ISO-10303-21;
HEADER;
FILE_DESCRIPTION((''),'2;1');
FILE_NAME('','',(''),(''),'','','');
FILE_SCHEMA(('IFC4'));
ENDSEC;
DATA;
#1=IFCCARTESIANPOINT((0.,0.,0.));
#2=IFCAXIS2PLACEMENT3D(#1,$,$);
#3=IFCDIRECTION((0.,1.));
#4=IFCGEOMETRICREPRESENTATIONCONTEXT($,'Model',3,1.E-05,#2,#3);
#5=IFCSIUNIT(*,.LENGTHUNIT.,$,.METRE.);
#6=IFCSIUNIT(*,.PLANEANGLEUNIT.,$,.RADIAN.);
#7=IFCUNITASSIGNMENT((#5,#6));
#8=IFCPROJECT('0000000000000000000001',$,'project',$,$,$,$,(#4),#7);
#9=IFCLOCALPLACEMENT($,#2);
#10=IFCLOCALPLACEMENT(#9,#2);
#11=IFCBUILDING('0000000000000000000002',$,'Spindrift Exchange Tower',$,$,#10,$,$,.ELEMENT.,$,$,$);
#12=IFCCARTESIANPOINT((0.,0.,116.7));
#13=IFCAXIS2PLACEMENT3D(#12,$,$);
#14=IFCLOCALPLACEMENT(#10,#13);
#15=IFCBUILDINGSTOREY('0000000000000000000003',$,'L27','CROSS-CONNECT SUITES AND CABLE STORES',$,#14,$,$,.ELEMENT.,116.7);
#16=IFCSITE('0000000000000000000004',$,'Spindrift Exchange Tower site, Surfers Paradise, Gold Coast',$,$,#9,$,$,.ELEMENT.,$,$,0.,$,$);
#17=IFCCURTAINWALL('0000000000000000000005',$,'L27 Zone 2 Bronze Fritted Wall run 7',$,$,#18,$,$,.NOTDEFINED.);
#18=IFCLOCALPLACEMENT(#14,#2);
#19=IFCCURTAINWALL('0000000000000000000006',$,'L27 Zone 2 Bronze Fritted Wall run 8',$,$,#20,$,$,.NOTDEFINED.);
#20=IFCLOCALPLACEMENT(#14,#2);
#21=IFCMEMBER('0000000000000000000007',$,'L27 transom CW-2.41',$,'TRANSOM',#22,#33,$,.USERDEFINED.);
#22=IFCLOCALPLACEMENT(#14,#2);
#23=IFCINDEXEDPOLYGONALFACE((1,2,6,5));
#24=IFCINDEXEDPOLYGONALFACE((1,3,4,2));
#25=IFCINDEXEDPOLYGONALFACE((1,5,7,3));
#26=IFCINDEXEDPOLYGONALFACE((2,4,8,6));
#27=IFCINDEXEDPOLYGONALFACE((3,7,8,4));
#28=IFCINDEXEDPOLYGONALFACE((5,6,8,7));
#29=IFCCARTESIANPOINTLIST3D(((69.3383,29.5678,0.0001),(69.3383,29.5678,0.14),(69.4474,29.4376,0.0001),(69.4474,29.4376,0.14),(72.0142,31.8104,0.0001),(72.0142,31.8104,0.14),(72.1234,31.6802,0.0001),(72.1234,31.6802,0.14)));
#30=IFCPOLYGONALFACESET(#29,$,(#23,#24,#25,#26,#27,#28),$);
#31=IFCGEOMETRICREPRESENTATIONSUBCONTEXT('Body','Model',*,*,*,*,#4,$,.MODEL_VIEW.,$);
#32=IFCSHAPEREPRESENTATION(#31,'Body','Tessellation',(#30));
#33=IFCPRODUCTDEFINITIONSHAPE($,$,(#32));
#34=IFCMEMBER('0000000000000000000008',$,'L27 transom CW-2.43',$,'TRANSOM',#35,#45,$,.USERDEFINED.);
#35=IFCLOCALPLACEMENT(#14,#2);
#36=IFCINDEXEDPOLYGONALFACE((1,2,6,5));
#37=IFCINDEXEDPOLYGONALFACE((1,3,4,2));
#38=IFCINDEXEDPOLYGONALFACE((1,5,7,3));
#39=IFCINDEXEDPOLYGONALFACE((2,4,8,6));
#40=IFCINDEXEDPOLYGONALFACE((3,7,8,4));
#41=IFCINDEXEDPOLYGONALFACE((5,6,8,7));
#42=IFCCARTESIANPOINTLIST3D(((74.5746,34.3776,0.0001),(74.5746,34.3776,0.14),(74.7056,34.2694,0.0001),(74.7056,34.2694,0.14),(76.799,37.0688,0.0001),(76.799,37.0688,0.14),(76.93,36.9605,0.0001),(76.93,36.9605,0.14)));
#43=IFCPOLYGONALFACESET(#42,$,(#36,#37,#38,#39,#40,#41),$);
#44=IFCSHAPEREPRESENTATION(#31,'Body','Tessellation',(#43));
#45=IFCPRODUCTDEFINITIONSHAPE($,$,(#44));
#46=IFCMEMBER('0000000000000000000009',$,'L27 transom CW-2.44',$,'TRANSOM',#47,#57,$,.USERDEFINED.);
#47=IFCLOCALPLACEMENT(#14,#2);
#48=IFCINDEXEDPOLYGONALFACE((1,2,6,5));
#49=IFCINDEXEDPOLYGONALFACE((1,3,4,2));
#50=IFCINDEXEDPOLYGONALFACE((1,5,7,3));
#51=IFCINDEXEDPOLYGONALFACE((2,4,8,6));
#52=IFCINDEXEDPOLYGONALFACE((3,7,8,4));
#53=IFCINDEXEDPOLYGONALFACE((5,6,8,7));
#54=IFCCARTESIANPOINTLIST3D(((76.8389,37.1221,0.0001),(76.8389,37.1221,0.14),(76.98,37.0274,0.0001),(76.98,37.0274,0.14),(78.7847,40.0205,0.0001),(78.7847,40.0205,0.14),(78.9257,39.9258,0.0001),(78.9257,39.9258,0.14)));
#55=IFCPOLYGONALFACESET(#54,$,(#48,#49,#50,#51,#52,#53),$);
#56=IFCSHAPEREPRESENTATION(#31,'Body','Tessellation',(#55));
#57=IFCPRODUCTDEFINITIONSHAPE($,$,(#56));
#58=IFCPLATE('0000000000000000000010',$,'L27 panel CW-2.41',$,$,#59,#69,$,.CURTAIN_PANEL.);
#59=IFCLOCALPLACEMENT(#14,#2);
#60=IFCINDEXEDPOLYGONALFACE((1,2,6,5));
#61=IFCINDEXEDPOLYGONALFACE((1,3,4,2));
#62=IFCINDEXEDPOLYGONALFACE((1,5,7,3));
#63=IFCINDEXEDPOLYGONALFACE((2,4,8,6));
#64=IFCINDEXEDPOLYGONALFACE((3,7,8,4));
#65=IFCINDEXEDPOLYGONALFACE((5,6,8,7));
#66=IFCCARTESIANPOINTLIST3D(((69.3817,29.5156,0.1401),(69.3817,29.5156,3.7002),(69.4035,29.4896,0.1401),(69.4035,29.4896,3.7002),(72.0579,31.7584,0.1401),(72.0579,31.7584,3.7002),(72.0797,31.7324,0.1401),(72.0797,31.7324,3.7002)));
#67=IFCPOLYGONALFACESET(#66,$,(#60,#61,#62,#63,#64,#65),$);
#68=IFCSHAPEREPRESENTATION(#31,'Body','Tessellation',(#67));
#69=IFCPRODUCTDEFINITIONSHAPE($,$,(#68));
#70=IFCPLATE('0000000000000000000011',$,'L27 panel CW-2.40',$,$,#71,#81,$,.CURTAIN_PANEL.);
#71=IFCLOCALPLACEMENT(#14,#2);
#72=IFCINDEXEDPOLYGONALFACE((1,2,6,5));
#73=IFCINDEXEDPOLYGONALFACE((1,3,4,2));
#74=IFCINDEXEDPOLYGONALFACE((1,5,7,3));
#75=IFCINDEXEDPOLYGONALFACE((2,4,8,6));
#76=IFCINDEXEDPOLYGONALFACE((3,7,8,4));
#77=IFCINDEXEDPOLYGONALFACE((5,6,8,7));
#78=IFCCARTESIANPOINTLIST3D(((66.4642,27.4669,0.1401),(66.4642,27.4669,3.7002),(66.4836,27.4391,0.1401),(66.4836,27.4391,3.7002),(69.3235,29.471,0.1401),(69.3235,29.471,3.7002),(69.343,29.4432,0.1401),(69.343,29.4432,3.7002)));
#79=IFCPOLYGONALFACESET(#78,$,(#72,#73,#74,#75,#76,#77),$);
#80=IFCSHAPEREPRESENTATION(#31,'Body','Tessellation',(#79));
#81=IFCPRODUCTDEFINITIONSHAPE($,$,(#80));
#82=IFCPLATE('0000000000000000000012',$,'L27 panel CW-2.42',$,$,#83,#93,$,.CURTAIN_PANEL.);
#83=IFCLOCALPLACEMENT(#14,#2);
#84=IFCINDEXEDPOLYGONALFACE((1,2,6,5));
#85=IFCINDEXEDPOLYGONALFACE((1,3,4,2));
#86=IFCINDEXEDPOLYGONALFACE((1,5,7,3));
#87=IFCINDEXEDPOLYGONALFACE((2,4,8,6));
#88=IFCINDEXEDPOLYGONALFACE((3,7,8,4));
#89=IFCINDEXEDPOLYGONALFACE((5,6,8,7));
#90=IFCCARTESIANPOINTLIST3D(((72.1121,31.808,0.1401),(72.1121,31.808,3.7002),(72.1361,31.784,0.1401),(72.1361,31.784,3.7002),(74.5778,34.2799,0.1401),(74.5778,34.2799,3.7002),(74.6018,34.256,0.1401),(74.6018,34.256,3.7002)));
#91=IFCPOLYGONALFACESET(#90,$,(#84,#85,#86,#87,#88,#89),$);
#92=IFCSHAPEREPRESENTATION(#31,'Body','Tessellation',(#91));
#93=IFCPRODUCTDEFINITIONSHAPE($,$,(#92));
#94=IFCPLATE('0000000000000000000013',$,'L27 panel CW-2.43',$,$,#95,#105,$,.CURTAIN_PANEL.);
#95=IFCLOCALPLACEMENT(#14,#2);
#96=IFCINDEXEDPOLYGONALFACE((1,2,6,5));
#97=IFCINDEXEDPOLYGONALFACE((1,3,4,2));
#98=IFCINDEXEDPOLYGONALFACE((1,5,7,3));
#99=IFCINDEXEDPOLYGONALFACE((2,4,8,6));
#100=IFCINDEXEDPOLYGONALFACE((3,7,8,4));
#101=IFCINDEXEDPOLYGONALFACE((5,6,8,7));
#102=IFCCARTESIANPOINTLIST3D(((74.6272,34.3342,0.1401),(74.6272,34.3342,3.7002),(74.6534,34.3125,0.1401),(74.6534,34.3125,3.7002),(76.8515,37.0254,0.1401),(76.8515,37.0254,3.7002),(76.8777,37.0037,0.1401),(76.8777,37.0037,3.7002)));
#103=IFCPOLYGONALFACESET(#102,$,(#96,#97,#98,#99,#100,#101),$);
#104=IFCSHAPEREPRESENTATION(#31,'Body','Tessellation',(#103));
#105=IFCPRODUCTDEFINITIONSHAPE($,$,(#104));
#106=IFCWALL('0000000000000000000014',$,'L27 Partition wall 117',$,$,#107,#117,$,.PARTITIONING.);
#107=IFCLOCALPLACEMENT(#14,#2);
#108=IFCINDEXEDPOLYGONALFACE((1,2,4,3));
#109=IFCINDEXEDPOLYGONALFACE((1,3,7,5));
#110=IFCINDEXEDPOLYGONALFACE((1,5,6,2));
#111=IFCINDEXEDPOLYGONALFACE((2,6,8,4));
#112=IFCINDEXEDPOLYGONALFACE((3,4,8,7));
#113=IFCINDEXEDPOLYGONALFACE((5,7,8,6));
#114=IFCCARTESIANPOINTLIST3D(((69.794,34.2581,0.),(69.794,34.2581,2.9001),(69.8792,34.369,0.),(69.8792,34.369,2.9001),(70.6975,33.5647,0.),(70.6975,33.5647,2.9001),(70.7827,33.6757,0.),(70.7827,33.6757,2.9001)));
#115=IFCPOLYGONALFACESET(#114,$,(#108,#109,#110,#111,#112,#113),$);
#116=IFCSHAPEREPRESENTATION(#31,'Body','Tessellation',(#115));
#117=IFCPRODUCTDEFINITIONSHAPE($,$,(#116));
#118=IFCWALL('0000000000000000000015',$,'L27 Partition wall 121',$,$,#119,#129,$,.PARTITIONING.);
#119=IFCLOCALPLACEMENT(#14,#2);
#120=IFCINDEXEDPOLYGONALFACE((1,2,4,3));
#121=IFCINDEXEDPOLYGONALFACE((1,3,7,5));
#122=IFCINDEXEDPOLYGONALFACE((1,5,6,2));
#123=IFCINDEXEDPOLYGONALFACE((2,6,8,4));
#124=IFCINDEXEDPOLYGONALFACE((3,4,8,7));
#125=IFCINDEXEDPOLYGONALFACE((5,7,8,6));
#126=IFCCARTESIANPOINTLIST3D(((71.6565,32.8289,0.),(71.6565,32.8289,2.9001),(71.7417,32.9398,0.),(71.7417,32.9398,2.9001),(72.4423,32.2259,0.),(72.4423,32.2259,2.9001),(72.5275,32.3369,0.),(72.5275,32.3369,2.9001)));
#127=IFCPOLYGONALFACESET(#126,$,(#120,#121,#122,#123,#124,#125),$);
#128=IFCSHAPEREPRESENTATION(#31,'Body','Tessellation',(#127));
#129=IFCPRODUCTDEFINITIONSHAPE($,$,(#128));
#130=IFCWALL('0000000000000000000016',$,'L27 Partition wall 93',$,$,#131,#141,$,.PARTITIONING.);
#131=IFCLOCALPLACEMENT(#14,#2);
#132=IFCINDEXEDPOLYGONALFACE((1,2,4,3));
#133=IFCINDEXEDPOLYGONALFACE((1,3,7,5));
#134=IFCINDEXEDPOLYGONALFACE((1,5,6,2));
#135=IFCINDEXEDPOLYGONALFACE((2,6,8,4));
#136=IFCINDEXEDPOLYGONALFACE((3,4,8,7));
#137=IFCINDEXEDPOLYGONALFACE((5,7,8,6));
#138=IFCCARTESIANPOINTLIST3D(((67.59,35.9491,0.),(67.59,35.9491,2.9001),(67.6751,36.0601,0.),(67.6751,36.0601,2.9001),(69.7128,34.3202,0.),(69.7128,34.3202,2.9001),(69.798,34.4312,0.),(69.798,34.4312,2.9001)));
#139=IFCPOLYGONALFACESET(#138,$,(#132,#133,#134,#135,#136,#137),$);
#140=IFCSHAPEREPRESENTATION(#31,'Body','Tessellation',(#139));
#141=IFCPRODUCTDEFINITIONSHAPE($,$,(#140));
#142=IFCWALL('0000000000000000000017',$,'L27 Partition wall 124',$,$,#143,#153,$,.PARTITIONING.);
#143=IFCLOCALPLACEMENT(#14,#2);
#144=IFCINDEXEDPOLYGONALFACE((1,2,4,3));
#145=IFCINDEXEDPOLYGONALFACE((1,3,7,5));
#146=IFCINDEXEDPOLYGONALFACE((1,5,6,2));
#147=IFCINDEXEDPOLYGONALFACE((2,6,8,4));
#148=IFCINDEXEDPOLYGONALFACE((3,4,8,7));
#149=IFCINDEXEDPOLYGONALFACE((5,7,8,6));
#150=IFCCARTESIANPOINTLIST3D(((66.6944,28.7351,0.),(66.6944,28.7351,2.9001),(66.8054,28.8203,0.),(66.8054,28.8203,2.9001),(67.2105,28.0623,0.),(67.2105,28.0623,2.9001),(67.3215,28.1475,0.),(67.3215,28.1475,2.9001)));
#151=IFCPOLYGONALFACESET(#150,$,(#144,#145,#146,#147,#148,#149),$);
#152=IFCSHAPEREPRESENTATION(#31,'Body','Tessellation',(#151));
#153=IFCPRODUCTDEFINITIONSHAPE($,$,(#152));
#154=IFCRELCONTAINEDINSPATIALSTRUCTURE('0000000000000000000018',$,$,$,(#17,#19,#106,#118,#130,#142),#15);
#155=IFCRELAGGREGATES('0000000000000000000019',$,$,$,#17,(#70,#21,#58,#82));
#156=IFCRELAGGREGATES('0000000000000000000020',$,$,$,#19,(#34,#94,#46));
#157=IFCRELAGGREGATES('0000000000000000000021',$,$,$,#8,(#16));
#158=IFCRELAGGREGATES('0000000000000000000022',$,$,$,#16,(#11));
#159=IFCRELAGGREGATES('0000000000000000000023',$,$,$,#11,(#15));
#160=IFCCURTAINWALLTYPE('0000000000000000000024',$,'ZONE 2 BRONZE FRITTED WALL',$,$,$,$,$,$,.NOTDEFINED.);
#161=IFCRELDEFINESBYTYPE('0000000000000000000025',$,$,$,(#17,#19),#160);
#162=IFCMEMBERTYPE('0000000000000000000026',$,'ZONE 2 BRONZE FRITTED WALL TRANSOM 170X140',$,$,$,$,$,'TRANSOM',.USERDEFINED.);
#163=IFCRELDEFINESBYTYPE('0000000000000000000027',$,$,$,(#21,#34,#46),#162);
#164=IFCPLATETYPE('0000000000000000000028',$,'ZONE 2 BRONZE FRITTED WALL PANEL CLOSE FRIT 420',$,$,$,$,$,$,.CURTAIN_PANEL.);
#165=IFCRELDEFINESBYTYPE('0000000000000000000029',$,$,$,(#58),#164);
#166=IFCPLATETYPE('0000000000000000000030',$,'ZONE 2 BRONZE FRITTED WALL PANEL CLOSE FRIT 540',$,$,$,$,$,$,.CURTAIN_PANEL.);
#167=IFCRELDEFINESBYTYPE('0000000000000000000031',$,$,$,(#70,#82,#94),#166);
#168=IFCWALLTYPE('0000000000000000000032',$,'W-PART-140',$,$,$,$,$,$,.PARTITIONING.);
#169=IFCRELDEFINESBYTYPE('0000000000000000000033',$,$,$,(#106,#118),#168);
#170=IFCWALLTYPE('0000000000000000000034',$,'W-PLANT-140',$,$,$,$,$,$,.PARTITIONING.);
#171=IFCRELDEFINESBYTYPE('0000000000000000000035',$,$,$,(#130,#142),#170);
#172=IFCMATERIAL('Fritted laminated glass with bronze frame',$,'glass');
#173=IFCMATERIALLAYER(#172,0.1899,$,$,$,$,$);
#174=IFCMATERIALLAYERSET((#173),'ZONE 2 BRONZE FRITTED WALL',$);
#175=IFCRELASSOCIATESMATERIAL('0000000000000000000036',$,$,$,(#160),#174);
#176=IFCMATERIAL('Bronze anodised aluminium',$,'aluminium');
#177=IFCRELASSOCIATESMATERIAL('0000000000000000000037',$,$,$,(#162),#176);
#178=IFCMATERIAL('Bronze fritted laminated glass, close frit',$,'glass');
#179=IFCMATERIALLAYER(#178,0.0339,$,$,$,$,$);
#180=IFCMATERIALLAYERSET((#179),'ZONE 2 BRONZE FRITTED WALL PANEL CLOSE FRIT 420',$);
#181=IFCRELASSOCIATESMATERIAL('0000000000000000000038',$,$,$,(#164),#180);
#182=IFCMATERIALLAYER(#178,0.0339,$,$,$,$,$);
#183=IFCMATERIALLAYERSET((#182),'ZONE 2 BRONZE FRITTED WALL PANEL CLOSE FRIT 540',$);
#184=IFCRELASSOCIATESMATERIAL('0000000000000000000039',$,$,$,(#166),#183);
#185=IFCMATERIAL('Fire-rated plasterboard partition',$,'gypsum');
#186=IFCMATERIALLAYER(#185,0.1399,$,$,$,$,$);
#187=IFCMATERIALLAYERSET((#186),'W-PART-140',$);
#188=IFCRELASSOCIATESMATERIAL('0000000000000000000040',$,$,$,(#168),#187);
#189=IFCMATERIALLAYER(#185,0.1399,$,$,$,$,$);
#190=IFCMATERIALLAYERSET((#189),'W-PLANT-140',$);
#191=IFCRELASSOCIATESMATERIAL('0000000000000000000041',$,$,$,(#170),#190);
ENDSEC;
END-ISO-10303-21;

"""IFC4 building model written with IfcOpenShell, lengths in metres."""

from ifc_helpers import new_model, si_unit, direction, frame, frame_2d, origin, origin_2d, place, context, subcontext, project, spatial, rectangle, extrude, source, transform, mapped, material, layer, layer_set, material_profile, profile_set, type_object, element, aggregate, save


model = new_model("IFC4")

# Units and contexts
model_context = context("Model", 3, precision=1e-05, world=origin(), true_north=direction((0.0, 1.0)))
body_context = subcontext(model_context, "Body", "Model", "MODEL_VIEW")
ifc_project = project(units=[si_unit("LENGTHUNIT", "METRE"), si_unit("PLANEANGLEUNIT", "RADIAN")], contexts=[model_context])

# Site, building, storey
site_placement = place(None, origin())
site = spatial("IfcSite", under=ifc_project, at=site_placement, Name="Spindrift Exchange Tower site, Surfers Paradise, Gold Coast", CompositionType="ELEMENT", RefElevation=0.0)
building_placement = place(site_placement, origin())
building = spatial("IfcBuilding", under=site, at=building_placement, Name="Spindrift Exchange Tower", CompositionType="ELEMENT")
storey_placement = place(building_placement, frame((0.0, 0.0, 116.7)))
storey = spatial("IfcBuildingStorey", under=building, at=storey_placement, Name="L27", Description="CROSS-CONNECT SUITES AND CABLE STORES", CompositionType="ELEMENT", Elevation=116.7)

# Curtain walls
ifc_material_1 = material(Name="Fritted laminated glass with bronze frame", Category="glass")
ifc_layer_1 = layer(ifc_material_1, 0.1899)
ifc_layer_set_1 = layer_set([ifc_layer_1], Name="ZONE 2 BRONZE FRITTED WALL")
curtain_wall_type = type_object("IfcCurtainWallType", Name="ZONE 2 BRONZE FRITTED WALL", PredefinedType="NOTDEFINED", material=ifc_layer_set_1)
curtain_wall_1_placement = place(storey_placement, origin())
curtain_wall_1 = element("IfcCurtainWall", 1, at=curtain_wall_1_placement, inside=storey, type_object=curtain_wall_type, Name="L27 Zone 2 Bronze Fritted Wall run 7", PredefinedType="NOTDEFINED")
ifc_material_2 = material(Name="Bronze anodised aluminium", Category="aluminium")
curtain_wall_2_placement = place(storey_placement, origin())
curtain_wall_2 = element("IfcCurtainWall", 2, at=curtain_wall_2_placement, inside=storey, type_object=curtain_wall_type, Name="L27 Zone 2 Bronze Fritted Wall run 8", PredefinedType="NOTDEFINED")

# Members
ifc_material_profile_1 = material_profile(ifc_material_2, rectangle(XDim=0.1699, YDim=0.1399, at=origin_2d()), Name="ZONE 2 BRONZE FRITTED WALL TRANSOM 170X140")
ifc_profile_set_1 = profile_set([ifc_material_profile_1], Name="Bronze anodised aluminium")
member_type_1 = type_object("IfcMemberType", Name="ZONE 2 BRONZE FRITTED WALL TRANSOM 170X140", ElementType="TRANSOM", PredefinedType="USERDEFINED", material=ifc_profile_set_1)
shared_shape_1 = source(origin(), body_context, "Body", "SweptSolid", [
    extrude(rectangle(XDim=0.1699, YDim=0.1399, at=origin_2d()), origin(), (0.0, 0.0, 1.0), 3.4915),
])
member_1_placement = place(storey_placement, frame((69.3928, 29.5027, 0.0701), z_axis=(0.766436, 0.642321, 0.0), x_axis=(-0.642321, 0.766436, 0.0)))
member_1 = element("IfcMember", 3, at=member_1_placement, type_object=member_type_1, Name="L27 transom CW-2.41", ObjectType="TRANSOM", PredefinedType="USERDEFINED", context=body_context, shape_type="MappedRepresentation", body=[
    mapped(shared_shape_1, transform((0.0, 0.0, 0.0), scale=1.0)),
])
member_2_placement = place(storey_placement, frame((74.6401, 34.3235, 0.0701), z_axis=(0.637091, 0.770789, 0.0), x_axis=(-0.770789, 0.637091, 0.0)))
member_2 = element("IfcMember", 4, at=member_2_placement, type_object=member_type_1, Name="L27 transom CW-2.43", ObjectType="TRANSOM", PredefinedType="USERDEFINED", context=body_context, shape_type="MappedRepresentation", body=[
    mapped(shared_shape_1, transform((0.0, 0.0, 0.0), scale=1.0)),
])
shared_shape_2 = source(origin(), body_context, "Body", "SweptSolid", [
    extrude(rectangle(XDim=0.1699, YDim=0.1399, at=origin_2d()), origin(), (0.0, 0.0, 1.0), 3.491),
])
member_3_placement = place(storey_placement, frame((76.9094, 37.0747, 0.0701), z_axis=(0.557376, 0.83026, 0.0), x_axis=(-0.83026, 0.557376, 0.0)))
member_3 = element("IfcMember", 5, at=member_3_placement, type_object=member_type_1, Name="L27 transom CW-2.44", ObjectType="TRANSOM", PredefinedType="USERDEFINED", context=body_context, shape_type="MappedRepresentation", body=[
    mapped(shared_shape_2, transform((0.0, 0.0, 0.0), scale=1.0)),
])

# Plates
ifc_material_3 = material(Name="Bronze fritted laminated glass, close frit", Category="glass")
ifc_layer_2 = layer(ifc_material_3, 0.0339)
ifc_layer_set_2 = layer_set([ifc_layer_2], Name="ZONE 2 BRONZE FRITTED WALL PANEL CLOSE FRIT 420")
plate_type_1 = type_object("IfcPlateType", Name="ZONE 2 BRONZE FRITTED WALL PANEL CLOSE FRIT 420", PredefinedType="CURTAIN_PANEL", material=ifc_layer_set_2)
shared_shape_3 = source(origin(), body_context, "Body", "SweptSolid", [
    extrude(rectangle(XDim=3.4917, YDim=0.0339, at=origin_2d()), origin(), (0.0, 0.0, 1.0), 3.5601),
])
plate_1_placement = place(storey_placement, frame((70.7307, 30.624, 0.1401), z_axis=(0.0, 0.0, 1.0), x_axis=(0.766439, 0.642317, 0.0)))
plate_1 = element("IfcPlate", 6, at=plate_1_placement, type_object=plate_type_1, Name="L27 panel CW-2.41", PredefinedType="CURTAIN_PANEL", context=body_context, shape_type="MappedRepresentation", body=[
    mapped(shared_shape_3, transform((0.0, 0.0, 0.0), scale=1.0)),
])
ifc_layer_3 = layer(ifc_material_3, 0.0339)
ifc_layer_set_3 = layer_set([ifc_layer_3], Name="ZONE 2 BRONZE FRITTED WALL PANEL CLOSE FRIT 540")
plate_type_2 = type_object("IfcPlateType", Name="ZONE 2 BRONZE FRITTED WALL PANEL CLOSE FRIT 540", PredefinedType="CURTAIN_PANEL", material=ifc_layer_set_3)
shared_shape_4 = source(origin(), body_context, "Body", "SweptSolid", [
    extrude(rectangle(XDim=3.4917, YDim=0.0339, at=origin_2d()), origin(), (0.0, 0.0, 1.0), 3.5601),
])
plate_2_placement = place(storey_placement, frame((67.9036, 28.4551, 0.1401), z_axis=(0.0, 0.0, 1.0), x_axis=(0.818888, 0.573954, 0.0)))
plate_2 = element("IfcPlate", 7, at=plate_2_placement, type_object=plate_type_2, Name="L27 panel CW-2.40", PredefinedType="CURTAIN_PANEL", context=body_context, shape_type="MappedRepresentation", body=[
    mapped(shared_shape_4, transform((0.0, 0.0, 0.0), scale=1.0)),
])
shared_shape_5 = source(origin(), body_context, "Body", "SweptSolid", [
    extrude(rectangle(XDim=3.4915, YDim=0.0339, at=origin_2d()), origin(), (0.0, 0.0, 1.0), 3.5601),
])
plate_3_placement = place(storey_placement, frame((73.3569, 33.032, 0.1401), z_axis=(0.0, 0.0, 1.0), x_axis=(0.706209, 0.708003, 0.0)))
plate_3 = element("IfcPlate", 8, at=plate_3_placement, type_object=plate_type_2, Name="L27 panel CW-2.42", PredefinedType="CURTAIN_PANEL", context=body_context, shape_type="MappedRepresentation", body=[
    mapped(shared_shape_5, transform((0.0, 0.0, 0.0), scale=1.0)),
])
aggregate(curtain_wall_1, [plate_2, member_1, plate_1, plate_3])
plate_4_placement = place(storey_placement, frame((75.7524, 35.6689, 0.1401), z_axis=(0.0, 0.0, 1.0), x_axis=(0.63708, 0.770798, 0.0)))
plate_4 = element("IfcPlate", 9, at=plate_4_placement, type_object=plate_type_2, Name="L27 panel CW-2.43", PredefinedType="CURTAIN_PANEL", context=body_context, shape_type="MappedRepresentation", body=[
    mapped(shared_shape_5, transform((0.0, 0.0, 0.0), scale=1.0)),
])
aggregate(curtain_wall_2, [member_2, plate_4, member_3])

# Walls
ifc_material_4 = material(Name="Fire-rated plasterboard partition", Category="gypsum")
ifc_layer_4 = layer(ifc_material_4, 0.1399)
ifc_layer_set_4 = layer_set([ifc_layer_4], Name="W-PART-140")
wall_type_1 = type_object("IfcWallType", Name="W-PART-140", PredefinedType="PARTITIONING", material=ifc_layer_set_4)
wall_1_placement = place(storey_placement, frame((69.8367, 34.3135, 0.0), z_axis=(0.0, 0.0, 1.0), x_axis=(0.793341, -0.608778, 0.0)))
element("IfcWall", 10, at=wall_1_placement, inside=storey, type_object=wall_type_1, Name="L27 Partition wall 117", PredefinedType="PARTITIONING", context=body_context, shape_type="SweptSolid", body=[
    extrude(rectangle(XDim=1.1389, YDim=0.1399, at=frame_2d((0.5693, 0.0))), origin(), (0.0, 0.0, 1.0), 2.9001),
])
wall_2_placement = place(storey_placement, frame((71.6992, 32.8843, 0.0), z_axis=(0.0, 0.0, 1.0), x_axis=(0.793356, -0.608757, 0.0)))
element("IfcWall", 11, at=wall_2_placement, inside=storey, type_object=wall_type_1, Name="L27 Partition wall 121", PredefinedType="PARTITIONING", context=body_context, shape_type="SweptSolid", body=[
    extrude(rectangle(XDim=0.9905, YDim=0.1399, at=frame_2d((0.4951, 0.0))), origin(), (0.0, 0.0, 1.0), 2.9001),
])
ifc_layer_5 = layer(ifc_material_4, 0.1399)
ifc_layer_set_5 = layer_set([ifc_layer_5], Name="W-PLANT-140")
wall_type_2 = type_object("IfcWallType", Name="W-PLANT-140", PredefinedType="PARTITIONING", material=ifc_layer_set_5)
wall_3_placement = place(storey_placement, frame((67.6326, 36.0046, 0.0), z_axis=(0.0, 0.0, 1.0), x_axis=(0.793349, -0.608767, 0.0)))
element("IfcWall", 12, at=wall_3_placement, inside=storey, type_object=wall_type_2, Name="L27 Partition wall 93", PredefinedType="PARTITIONING", context=body_context, shape_type="SweptSolid", body=[
    extrude(rectangle(XDim=2.6758, YDim=0.1399, at=frame_2d((1.3379, 0.0))), origin(), (0.0, 0.0, 1.0), 2.9001),
])
wall_4_placement = place(storey_placement, frame((66.75, 28.7776, 0.0), z_axis=(0.0, 0.0, 1.0), x_axis=(0.608625, -0.793458, 0.0)))
element("IfcWall", 13, at=wall_4_placement, inside=storey, type_object=wall_type_2, Name="L27 Partition wall 124", PredefinedType="PARTITIONING", context=body_context, shape_type="SweptSolid", body=[
    extrude(rectangle(XDim=0.8479, YDim=0.1399, at=frame_2d((0.4238, 0.0))), origin(), (0.0, 0.0, 1.0), 2.9001),
])

save(model, "model.ifc")
